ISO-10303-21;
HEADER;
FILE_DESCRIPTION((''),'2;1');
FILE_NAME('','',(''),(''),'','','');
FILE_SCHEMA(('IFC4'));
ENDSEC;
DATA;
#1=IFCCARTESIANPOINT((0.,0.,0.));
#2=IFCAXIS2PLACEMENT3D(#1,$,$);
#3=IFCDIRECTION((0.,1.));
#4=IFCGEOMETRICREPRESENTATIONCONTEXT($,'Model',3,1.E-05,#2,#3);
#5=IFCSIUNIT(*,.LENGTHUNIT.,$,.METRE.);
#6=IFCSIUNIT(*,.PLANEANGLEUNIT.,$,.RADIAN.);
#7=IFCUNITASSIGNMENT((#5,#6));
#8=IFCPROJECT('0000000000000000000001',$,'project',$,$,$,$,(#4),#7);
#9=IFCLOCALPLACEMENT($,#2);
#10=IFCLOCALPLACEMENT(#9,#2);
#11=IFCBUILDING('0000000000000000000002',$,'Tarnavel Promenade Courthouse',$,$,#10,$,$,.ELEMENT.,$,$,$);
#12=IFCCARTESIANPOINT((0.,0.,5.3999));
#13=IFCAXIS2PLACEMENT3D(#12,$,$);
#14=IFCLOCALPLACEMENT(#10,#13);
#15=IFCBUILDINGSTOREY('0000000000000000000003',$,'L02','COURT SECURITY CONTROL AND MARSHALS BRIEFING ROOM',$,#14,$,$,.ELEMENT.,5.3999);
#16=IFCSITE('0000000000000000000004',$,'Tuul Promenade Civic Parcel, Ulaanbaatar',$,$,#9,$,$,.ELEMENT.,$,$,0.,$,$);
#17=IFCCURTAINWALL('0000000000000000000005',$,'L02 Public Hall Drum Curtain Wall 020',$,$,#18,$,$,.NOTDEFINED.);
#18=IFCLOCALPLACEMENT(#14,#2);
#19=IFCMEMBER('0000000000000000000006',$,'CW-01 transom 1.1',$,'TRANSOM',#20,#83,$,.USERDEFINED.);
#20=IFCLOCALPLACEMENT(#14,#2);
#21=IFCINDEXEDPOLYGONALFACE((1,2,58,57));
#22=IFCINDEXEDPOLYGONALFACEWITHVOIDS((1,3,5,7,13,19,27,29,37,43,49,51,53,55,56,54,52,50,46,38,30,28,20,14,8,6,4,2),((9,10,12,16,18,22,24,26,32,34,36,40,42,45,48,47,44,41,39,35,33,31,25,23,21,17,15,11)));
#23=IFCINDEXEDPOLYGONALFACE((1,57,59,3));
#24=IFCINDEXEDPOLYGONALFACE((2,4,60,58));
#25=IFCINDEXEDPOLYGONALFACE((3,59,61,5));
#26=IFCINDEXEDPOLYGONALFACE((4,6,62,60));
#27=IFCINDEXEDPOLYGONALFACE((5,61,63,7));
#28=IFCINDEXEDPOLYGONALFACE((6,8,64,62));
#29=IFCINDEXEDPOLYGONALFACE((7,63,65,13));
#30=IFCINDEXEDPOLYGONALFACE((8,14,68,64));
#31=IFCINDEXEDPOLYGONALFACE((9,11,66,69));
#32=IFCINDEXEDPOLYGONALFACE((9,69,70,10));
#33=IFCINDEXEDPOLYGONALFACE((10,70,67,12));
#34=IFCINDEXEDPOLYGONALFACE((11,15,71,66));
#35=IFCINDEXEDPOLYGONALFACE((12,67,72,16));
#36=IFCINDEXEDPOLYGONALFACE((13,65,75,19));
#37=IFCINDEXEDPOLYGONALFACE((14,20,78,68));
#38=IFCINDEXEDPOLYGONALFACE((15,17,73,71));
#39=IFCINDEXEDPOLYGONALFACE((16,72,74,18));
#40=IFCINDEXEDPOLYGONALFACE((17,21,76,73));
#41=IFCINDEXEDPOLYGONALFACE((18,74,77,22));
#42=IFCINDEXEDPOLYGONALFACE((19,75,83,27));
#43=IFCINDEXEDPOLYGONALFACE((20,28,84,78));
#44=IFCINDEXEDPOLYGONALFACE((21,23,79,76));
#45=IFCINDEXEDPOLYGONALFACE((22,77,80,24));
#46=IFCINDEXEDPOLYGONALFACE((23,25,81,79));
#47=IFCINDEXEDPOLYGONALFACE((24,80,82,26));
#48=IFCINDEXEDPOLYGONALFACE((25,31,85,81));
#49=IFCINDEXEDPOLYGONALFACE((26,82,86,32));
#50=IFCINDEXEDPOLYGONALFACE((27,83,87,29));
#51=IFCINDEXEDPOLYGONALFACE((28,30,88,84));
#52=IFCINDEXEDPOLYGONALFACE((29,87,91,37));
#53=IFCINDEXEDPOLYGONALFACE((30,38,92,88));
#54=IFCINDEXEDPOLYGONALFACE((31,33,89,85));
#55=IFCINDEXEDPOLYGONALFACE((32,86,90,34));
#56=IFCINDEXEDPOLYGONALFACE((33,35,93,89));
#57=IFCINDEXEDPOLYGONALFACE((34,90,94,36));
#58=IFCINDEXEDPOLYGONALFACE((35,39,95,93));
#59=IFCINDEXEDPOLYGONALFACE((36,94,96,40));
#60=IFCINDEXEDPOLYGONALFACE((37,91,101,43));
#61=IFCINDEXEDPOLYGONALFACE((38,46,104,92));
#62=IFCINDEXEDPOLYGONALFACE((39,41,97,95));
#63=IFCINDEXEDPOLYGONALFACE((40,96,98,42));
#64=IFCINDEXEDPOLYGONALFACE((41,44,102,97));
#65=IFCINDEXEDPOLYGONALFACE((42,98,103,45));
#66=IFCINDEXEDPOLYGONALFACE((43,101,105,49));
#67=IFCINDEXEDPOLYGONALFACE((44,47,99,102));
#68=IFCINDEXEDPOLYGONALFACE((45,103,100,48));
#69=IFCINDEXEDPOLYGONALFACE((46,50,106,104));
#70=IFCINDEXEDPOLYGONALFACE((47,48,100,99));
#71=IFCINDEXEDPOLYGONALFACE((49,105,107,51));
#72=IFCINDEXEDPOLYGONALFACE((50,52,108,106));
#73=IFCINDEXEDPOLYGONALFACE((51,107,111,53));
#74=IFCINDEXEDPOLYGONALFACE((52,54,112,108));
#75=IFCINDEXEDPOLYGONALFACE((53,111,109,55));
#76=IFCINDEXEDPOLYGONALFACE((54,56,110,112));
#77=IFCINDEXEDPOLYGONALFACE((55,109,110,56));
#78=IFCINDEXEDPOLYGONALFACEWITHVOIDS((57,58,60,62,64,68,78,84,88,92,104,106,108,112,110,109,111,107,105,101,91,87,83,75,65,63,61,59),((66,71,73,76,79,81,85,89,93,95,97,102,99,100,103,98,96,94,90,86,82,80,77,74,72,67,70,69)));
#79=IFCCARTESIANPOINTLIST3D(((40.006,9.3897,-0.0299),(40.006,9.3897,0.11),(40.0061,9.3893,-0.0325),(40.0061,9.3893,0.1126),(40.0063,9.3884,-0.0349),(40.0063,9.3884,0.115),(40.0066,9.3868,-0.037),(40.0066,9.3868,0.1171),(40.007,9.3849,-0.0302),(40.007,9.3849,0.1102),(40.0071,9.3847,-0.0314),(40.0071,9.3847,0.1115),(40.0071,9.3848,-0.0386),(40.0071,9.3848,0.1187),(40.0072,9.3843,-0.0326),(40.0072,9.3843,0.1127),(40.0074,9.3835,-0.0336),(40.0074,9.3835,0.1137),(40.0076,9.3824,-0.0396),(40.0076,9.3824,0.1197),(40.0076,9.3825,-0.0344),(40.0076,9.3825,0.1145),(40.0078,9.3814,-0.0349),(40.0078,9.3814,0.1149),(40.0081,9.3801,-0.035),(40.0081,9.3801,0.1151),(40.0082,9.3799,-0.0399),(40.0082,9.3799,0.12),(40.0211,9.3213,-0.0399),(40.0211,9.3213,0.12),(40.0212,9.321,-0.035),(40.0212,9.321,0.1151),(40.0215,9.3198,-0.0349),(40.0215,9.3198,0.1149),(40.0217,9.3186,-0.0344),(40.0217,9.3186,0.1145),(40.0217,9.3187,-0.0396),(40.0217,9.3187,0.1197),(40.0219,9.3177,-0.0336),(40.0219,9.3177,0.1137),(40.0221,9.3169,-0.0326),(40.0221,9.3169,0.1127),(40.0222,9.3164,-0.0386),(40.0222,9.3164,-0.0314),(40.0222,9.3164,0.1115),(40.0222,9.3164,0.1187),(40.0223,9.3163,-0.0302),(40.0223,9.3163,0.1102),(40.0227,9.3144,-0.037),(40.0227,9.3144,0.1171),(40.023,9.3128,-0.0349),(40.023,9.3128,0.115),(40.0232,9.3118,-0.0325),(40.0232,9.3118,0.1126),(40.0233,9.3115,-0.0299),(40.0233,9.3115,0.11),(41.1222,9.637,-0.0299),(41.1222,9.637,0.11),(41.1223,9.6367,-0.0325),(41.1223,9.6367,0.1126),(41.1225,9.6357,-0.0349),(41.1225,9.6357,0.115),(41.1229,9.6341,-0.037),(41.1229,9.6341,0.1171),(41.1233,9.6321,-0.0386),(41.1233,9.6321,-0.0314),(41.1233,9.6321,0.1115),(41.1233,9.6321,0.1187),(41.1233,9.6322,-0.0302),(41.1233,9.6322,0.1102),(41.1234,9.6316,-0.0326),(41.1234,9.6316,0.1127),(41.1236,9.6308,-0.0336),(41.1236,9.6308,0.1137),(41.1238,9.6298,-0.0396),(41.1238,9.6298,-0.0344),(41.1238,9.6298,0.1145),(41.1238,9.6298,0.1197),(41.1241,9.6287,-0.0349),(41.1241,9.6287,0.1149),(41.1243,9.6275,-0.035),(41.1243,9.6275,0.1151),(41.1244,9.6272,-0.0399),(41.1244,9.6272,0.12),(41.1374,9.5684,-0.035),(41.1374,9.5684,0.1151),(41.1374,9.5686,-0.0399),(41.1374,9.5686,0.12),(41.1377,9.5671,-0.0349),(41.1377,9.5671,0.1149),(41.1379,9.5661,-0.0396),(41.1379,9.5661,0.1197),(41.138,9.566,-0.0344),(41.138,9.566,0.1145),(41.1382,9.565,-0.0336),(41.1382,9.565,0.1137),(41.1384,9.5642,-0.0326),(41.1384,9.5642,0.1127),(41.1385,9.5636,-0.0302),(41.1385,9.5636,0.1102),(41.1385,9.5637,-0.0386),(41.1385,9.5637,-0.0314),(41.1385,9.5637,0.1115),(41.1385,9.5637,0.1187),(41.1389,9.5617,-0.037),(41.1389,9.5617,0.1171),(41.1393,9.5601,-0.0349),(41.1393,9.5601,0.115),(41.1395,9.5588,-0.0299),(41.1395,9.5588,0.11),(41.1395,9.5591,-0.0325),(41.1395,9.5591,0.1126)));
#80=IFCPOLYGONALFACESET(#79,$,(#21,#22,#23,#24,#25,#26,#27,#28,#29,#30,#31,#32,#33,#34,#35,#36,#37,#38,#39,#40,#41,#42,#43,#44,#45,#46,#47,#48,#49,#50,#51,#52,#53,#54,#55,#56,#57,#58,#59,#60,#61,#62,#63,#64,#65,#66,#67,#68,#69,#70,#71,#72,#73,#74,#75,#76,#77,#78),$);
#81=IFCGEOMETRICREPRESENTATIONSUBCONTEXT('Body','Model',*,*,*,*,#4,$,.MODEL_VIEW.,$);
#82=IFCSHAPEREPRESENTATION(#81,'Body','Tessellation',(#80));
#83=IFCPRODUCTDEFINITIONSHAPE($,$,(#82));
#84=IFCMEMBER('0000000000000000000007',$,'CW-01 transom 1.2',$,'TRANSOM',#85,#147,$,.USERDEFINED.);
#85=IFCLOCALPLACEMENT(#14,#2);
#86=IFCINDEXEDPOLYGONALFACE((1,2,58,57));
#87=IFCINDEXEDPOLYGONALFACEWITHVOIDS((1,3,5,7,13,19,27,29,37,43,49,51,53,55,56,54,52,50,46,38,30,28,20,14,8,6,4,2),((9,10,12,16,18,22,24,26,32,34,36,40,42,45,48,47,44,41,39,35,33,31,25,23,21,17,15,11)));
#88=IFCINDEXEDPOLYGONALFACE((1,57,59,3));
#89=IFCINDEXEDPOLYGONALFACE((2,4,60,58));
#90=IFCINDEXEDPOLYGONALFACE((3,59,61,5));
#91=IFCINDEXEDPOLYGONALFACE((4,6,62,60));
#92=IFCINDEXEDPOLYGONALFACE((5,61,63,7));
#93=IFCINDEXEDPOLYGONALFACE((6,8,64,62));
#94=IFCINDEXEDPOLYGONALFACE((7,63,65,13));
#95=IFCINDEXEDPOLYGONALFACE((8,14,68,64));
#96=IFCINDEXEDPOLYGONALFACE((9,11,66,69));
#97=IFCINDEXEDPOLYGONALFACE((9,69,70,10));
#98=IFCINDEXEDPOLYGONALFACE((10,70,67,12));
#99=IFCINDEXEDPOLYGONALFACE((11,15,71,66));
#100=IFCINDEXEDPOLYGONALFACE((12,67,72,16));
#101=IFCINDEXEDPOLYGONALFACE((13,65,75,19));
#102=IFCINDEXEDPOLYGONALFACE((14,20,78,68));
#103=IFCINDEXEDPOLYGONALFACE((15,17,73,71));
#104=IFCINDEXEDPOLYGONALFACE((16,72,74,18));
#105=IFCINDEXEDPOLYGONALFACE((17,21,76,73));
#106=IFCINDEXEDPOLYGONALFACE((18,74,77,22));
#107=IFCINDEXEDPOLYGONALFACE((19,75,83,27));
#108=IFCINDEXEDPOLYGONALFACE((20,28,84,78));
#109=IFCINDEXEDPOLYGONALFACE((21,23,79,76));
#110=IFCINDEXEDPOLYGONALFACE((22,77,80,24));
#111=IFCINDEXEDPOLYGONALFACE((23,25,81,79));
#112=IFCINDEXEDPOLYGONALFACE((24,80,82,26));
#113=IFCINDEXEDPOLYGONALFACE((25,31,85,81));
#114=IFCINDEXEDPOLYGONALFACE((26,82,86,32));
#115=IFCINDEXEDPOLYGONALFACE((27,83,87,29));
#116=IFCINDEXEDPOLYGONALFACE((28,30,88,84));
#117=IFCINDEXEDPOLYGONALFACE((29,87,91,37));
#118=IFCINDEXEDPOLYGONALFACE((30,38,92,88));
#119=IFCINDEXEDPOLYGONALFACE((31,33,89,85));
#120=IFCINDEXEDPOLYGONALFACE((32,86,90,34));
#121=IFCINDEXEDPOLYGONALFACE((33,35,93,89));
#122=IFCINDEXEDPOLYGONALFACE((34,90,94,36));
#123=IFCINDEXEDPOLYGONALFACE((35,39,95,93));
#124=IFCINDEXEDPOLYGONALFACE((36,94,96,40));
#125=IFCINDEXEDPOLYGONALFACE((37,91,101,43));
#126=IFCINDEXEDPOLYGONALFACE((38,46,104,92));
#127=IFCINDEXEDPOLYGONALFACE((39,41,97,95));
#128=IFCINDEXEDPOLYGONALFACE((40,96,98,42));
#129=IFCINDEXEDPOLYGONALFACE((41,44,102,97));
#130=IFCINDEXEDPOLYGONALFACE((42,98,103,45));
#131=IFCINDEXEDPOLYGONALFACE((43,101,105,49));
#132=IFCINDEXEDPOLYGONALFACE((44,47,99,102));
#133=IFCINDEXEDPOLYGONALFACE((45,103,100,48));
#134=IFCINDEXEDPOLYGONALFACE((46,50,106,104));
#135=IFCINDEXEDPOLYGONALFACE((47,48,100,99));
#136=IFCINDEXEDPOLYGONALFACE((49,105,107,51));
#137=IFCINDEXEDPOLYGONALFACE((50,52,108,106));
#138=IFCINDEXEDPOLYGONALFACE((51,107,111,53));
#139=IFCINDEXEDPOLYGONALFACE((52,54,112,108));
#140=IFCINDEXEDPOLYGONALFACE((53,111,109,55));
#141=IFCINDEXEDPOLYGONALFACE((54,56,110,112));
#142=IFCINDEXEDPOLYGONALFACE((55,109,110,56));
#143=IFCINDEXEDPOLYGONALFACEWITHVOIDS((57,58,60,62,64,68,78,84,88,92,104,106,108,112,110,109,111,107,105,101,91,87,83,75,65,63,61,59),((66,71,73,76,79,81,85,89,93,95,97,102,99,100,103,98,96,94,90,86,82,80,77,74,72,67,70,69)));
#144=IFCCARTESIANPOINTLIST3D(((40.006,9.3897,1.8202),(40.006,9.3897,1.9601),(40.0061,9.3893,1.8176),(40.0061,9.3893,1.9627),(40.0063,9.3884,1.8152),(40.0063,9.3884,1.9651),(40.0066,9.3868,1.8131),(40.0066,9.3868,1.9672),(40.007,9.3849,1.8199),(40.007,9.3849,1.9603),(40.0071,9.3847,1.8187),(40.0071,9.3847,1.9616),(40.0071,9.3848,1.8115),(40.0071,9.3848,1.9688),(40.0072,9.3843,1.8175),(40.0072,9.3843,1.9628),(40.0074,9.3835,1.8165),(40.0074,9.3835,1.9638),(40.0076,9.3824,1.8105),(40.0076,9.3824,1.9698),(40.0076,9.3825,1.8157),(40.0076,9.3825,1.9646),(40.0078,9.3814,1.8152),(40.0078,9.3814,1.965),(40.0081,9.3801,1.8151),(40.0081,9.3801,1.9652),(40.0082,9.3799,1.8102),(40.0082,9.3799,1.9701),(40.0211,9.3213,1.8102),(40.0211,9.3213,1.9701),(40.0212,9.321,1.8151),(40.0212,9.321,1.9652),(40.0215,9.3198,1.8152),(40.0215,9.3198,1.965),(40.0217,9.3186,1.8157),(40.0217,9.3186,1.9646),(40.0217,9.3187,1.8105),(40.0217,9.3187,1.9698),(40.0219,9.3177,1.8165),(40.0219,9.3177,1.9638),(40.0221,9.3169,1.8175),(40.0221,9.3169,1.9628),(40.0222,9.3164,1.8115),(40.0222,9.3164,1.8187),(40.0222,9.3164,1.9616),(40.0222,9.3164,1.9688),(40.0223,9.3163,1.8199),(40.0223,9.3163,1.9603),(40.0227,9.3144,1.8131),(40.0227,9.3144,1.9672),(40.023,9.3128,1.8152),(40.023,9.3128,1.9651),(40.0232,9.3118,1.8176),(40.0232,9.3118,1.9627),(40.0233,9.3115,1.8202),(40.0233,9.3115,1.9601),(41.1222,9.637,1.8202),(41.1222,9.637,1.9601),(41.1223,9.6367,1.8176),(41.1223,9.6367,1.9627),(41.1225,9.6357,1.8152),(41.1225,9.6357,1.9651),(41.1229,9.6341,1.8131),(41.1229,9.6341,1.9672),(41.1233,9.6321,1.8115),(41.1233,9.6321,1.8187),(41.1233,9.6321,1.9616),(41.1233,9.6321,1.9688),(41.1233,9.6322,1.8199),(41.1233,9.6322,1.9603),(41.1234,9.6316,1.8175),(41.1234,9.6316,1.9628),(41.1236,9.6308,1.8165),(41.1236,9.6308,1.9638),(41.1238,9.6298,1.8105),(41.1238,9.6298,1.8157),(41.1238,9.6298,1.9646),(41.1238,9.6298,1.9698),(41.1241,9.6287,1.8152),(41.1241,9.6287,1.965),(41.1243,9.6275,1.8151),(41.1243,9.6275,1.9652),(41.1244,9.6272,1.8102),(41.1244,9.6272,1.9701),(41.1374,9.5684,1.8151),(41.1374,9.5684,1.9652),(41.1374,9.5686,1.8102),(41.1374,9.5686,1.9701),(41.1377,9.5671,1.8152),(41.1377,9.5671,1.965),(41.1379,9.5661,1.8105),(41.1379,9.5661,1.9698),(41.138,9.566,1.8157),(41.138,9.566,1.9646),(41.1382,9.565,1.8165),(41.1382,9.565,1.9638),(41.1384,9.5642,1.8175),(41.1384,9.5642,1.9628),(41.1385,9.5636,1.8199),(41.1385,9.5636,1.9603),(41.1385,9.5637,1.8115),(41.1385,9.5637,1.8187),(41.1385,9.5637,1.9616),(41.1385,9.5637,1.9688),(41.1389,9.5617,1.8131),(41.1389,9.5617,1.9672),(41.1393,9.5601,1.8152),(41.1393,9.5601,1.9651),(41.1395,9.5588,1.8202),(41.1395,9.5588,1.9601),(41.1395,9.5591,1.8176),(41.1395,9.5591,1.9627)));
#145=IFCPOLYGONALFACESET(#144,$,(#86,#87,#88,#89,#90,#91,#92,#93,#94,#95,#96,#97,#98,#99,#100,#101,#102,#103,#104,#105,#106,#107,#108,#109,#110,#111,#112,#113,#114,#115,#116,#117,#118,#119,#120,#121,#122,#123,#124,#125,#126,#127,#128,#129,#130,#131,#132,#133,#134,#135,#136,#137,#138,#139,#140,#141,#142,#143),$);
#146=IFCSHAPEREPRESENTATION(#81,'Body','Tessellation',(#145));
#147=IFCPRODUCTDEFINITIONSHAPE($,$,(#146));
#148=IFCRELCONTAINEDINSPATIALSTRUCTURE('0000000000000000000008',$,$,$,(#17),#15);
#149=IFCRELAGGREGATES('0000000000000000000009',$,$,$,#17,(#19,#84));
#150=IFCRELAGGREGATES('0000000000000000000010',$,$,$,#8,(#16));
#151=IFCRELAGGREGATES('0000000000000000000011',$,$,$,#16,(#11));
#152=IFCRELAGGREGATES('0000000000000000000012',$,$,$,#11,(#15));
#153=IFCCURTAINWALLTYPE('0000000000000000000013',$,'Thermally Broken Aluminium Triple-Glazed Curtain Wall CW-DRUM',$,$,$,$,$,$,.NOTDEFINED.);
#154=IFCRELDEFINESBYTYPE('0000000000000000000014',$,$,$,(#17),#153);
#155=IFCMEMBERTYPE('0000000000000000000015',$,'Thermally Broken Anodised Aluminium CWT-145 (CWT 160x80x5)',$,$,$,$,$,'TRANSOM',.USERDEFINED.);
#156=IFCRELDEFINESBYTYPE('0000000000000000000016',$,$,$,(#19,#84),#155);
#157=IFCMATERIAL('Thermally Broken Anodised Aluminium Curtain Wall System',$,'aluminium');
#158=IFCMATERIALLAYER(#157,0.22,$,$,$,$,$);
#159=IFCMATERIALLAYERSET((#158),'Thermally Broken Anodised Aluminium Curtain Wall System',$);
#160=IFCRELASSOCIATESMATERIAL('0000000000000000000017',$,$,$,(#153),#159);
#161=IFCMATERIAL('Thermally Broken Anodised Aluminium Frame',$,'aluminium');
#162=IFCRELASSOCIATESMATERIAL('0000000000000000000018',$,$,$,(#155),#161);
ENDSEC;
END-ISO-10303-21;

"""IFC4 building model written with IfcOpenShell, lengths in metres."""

from ifc_helpers import new_model, si_unit, direction, frame, origin, origin_2d, place, context, subcontext, project, spatial, hollow_rectangle, extrude, material, layer, layer_set, material_profile, profile_set, type_object, element, aggregate, save


model = new_model("IFC4")

# Units and contexts
model_context = context("Model", 3, precision=1e-05, world=origin(), true_north=direction((0.0, 1.0)))
body_context = subcontext(model_context, "Body", "Model", "MODEL_VIEW")
ifc_project = project(units=[si_unit("LENGTHUNIT", "METRE"), si_unit("PLANEANGLEUNIT", "RADIAN")], contexts=[model_context])

# Site, building, storey
site_placement = place(None, origin())
site = spatial("IfcSite", under=ifc_project, at=site_placement, Name="Tuul Promenade Civic Parcel, Ulaanbaatar", CompositionType="ELEMENT", RefElevation=0.0)
building_placement = place(site_placement, origin())
building = spatial("IfcBuilding", under=site, at=building_placement, Name="Tarnavel Promenade Courthouse", CompositionType="ELEMENT")
storey_placement = place(building_placement, frame((0.0, 0.0, 5.3999)))
storey = spatial("IfcBuildingStorey", under=building, at=storey_placement, Name="L02", Description="COURT SECURITY CONTROL AND MARSHALS BRIEFING ROOM", CompositionType="ELEMENT", Elevation=5.3999)

# Curtain wall
ifc_material_1 = material(Name="Thermally Broken Anodised Aluminium Curtain Wall System", Category="aluminium")
ifc_layer_1 = layer(ifc_material_1, 0.22)
ifc_layer_set_1 = layer_set([ifc_layer_1], Name="Thermally Broken Anodised Aluminium Curtain Wall System")
curtain_wall_type = type_object("IfcCurtainWallType", Name="Thermally Broken Aluminium Triple-Glazed Curtain Wall CW-DRUM", PredefinedType="NOTDEFINED", material=ifc_layer_set_1)
ifc_material_2 = material(Name="Thermally Broken Anodised Aluminium Frame", Category="aluminium")
curtain_wall_1_placement = place(storey_placement, origin())
curtain_wall_1 = element("IfcCurtainWall", 1, at=curtain_wall_1_placement, inside=storey, type_object=curtain_wall_type, Name="L02 Public Hall Drum Curtain Wall 020", PredefinedType="NOTDEFINED")

# Members
ifc_material_profile_1 = material_profile(ifc_material_2, hollow_rectangle(XDim=0.0801, YDim=0.1599, WallThickness=0.0049, InnerFilletRadius=0.0049, OuterFilletRadius=0.01, at=origin_2d()), Name="CWT 160x80x5")
ifc_profile_set_1 = profile_set([ifc_material_profile_1], Name="Thermally Broken Anodised Aluminium Frame")
member_type_1 = type_object("IfcMemberType", Name="Thermally Broken Anodised Aluminium CWT-145 (CWT 160x80x5)", ElementType="TRANSOM", PredefinedType="USERDEFINED", material=ifc_profile_set_1)
member_1_placement = place(storey_placement, frame((40.0146, 9.3506, 0.04), z_axis=(0.976323, 0.21632, 0.0), x_axis=(-0.21632, 0.976323, 0.0)))
member_1 = element("IfcMember", 2, at=member_1_placement, type_object=member_type_1, Name="CW-01 transom 1.1", ObjectType="TRANSOM", PredefinedType="USERDEFINED", context=body_context, shape_type="SweptSolid", body=[
    extrude(hollow_rectangle(XDim=0.0801, YDim=0.1599, WallThickness=0.0049, InnerFilletRadius=0.0049, OuterFilletRadius=0.01, at=origin_2d()), origin(), (0.0, 0.0, 1.0), 1.1433),
])
member_2_placement = place(storey_placement, frame((40.0146, 9.3506, 1.8901), z_axis=(0.976323, 0.21632, 0.0), x_axis=(-0.21632, 0.976323, 0.0)))
member_2 = element("IfcMember", 3, at=member_2_placement, type_object=member_type_1, Name="CW-01 transom 1.2", ObjectType="TRANSOM", PredefinedType="USERDEFINED", context=body_context, shape_type="SweptSolid", body=[
    extrude(hollow_rectangle(XDim=0.0801, YDim=0.1599, WallThickness=0.0049, InnerFilletRadius=0.0049, OuterFilletRadius=0.01, at=origin_2d()), origin(), (0.0, 0.0, 1.0), 1.1433),
])

aggregate(curtain_wall_1, [member_1, member_2])

save(model, "model.ifc")
